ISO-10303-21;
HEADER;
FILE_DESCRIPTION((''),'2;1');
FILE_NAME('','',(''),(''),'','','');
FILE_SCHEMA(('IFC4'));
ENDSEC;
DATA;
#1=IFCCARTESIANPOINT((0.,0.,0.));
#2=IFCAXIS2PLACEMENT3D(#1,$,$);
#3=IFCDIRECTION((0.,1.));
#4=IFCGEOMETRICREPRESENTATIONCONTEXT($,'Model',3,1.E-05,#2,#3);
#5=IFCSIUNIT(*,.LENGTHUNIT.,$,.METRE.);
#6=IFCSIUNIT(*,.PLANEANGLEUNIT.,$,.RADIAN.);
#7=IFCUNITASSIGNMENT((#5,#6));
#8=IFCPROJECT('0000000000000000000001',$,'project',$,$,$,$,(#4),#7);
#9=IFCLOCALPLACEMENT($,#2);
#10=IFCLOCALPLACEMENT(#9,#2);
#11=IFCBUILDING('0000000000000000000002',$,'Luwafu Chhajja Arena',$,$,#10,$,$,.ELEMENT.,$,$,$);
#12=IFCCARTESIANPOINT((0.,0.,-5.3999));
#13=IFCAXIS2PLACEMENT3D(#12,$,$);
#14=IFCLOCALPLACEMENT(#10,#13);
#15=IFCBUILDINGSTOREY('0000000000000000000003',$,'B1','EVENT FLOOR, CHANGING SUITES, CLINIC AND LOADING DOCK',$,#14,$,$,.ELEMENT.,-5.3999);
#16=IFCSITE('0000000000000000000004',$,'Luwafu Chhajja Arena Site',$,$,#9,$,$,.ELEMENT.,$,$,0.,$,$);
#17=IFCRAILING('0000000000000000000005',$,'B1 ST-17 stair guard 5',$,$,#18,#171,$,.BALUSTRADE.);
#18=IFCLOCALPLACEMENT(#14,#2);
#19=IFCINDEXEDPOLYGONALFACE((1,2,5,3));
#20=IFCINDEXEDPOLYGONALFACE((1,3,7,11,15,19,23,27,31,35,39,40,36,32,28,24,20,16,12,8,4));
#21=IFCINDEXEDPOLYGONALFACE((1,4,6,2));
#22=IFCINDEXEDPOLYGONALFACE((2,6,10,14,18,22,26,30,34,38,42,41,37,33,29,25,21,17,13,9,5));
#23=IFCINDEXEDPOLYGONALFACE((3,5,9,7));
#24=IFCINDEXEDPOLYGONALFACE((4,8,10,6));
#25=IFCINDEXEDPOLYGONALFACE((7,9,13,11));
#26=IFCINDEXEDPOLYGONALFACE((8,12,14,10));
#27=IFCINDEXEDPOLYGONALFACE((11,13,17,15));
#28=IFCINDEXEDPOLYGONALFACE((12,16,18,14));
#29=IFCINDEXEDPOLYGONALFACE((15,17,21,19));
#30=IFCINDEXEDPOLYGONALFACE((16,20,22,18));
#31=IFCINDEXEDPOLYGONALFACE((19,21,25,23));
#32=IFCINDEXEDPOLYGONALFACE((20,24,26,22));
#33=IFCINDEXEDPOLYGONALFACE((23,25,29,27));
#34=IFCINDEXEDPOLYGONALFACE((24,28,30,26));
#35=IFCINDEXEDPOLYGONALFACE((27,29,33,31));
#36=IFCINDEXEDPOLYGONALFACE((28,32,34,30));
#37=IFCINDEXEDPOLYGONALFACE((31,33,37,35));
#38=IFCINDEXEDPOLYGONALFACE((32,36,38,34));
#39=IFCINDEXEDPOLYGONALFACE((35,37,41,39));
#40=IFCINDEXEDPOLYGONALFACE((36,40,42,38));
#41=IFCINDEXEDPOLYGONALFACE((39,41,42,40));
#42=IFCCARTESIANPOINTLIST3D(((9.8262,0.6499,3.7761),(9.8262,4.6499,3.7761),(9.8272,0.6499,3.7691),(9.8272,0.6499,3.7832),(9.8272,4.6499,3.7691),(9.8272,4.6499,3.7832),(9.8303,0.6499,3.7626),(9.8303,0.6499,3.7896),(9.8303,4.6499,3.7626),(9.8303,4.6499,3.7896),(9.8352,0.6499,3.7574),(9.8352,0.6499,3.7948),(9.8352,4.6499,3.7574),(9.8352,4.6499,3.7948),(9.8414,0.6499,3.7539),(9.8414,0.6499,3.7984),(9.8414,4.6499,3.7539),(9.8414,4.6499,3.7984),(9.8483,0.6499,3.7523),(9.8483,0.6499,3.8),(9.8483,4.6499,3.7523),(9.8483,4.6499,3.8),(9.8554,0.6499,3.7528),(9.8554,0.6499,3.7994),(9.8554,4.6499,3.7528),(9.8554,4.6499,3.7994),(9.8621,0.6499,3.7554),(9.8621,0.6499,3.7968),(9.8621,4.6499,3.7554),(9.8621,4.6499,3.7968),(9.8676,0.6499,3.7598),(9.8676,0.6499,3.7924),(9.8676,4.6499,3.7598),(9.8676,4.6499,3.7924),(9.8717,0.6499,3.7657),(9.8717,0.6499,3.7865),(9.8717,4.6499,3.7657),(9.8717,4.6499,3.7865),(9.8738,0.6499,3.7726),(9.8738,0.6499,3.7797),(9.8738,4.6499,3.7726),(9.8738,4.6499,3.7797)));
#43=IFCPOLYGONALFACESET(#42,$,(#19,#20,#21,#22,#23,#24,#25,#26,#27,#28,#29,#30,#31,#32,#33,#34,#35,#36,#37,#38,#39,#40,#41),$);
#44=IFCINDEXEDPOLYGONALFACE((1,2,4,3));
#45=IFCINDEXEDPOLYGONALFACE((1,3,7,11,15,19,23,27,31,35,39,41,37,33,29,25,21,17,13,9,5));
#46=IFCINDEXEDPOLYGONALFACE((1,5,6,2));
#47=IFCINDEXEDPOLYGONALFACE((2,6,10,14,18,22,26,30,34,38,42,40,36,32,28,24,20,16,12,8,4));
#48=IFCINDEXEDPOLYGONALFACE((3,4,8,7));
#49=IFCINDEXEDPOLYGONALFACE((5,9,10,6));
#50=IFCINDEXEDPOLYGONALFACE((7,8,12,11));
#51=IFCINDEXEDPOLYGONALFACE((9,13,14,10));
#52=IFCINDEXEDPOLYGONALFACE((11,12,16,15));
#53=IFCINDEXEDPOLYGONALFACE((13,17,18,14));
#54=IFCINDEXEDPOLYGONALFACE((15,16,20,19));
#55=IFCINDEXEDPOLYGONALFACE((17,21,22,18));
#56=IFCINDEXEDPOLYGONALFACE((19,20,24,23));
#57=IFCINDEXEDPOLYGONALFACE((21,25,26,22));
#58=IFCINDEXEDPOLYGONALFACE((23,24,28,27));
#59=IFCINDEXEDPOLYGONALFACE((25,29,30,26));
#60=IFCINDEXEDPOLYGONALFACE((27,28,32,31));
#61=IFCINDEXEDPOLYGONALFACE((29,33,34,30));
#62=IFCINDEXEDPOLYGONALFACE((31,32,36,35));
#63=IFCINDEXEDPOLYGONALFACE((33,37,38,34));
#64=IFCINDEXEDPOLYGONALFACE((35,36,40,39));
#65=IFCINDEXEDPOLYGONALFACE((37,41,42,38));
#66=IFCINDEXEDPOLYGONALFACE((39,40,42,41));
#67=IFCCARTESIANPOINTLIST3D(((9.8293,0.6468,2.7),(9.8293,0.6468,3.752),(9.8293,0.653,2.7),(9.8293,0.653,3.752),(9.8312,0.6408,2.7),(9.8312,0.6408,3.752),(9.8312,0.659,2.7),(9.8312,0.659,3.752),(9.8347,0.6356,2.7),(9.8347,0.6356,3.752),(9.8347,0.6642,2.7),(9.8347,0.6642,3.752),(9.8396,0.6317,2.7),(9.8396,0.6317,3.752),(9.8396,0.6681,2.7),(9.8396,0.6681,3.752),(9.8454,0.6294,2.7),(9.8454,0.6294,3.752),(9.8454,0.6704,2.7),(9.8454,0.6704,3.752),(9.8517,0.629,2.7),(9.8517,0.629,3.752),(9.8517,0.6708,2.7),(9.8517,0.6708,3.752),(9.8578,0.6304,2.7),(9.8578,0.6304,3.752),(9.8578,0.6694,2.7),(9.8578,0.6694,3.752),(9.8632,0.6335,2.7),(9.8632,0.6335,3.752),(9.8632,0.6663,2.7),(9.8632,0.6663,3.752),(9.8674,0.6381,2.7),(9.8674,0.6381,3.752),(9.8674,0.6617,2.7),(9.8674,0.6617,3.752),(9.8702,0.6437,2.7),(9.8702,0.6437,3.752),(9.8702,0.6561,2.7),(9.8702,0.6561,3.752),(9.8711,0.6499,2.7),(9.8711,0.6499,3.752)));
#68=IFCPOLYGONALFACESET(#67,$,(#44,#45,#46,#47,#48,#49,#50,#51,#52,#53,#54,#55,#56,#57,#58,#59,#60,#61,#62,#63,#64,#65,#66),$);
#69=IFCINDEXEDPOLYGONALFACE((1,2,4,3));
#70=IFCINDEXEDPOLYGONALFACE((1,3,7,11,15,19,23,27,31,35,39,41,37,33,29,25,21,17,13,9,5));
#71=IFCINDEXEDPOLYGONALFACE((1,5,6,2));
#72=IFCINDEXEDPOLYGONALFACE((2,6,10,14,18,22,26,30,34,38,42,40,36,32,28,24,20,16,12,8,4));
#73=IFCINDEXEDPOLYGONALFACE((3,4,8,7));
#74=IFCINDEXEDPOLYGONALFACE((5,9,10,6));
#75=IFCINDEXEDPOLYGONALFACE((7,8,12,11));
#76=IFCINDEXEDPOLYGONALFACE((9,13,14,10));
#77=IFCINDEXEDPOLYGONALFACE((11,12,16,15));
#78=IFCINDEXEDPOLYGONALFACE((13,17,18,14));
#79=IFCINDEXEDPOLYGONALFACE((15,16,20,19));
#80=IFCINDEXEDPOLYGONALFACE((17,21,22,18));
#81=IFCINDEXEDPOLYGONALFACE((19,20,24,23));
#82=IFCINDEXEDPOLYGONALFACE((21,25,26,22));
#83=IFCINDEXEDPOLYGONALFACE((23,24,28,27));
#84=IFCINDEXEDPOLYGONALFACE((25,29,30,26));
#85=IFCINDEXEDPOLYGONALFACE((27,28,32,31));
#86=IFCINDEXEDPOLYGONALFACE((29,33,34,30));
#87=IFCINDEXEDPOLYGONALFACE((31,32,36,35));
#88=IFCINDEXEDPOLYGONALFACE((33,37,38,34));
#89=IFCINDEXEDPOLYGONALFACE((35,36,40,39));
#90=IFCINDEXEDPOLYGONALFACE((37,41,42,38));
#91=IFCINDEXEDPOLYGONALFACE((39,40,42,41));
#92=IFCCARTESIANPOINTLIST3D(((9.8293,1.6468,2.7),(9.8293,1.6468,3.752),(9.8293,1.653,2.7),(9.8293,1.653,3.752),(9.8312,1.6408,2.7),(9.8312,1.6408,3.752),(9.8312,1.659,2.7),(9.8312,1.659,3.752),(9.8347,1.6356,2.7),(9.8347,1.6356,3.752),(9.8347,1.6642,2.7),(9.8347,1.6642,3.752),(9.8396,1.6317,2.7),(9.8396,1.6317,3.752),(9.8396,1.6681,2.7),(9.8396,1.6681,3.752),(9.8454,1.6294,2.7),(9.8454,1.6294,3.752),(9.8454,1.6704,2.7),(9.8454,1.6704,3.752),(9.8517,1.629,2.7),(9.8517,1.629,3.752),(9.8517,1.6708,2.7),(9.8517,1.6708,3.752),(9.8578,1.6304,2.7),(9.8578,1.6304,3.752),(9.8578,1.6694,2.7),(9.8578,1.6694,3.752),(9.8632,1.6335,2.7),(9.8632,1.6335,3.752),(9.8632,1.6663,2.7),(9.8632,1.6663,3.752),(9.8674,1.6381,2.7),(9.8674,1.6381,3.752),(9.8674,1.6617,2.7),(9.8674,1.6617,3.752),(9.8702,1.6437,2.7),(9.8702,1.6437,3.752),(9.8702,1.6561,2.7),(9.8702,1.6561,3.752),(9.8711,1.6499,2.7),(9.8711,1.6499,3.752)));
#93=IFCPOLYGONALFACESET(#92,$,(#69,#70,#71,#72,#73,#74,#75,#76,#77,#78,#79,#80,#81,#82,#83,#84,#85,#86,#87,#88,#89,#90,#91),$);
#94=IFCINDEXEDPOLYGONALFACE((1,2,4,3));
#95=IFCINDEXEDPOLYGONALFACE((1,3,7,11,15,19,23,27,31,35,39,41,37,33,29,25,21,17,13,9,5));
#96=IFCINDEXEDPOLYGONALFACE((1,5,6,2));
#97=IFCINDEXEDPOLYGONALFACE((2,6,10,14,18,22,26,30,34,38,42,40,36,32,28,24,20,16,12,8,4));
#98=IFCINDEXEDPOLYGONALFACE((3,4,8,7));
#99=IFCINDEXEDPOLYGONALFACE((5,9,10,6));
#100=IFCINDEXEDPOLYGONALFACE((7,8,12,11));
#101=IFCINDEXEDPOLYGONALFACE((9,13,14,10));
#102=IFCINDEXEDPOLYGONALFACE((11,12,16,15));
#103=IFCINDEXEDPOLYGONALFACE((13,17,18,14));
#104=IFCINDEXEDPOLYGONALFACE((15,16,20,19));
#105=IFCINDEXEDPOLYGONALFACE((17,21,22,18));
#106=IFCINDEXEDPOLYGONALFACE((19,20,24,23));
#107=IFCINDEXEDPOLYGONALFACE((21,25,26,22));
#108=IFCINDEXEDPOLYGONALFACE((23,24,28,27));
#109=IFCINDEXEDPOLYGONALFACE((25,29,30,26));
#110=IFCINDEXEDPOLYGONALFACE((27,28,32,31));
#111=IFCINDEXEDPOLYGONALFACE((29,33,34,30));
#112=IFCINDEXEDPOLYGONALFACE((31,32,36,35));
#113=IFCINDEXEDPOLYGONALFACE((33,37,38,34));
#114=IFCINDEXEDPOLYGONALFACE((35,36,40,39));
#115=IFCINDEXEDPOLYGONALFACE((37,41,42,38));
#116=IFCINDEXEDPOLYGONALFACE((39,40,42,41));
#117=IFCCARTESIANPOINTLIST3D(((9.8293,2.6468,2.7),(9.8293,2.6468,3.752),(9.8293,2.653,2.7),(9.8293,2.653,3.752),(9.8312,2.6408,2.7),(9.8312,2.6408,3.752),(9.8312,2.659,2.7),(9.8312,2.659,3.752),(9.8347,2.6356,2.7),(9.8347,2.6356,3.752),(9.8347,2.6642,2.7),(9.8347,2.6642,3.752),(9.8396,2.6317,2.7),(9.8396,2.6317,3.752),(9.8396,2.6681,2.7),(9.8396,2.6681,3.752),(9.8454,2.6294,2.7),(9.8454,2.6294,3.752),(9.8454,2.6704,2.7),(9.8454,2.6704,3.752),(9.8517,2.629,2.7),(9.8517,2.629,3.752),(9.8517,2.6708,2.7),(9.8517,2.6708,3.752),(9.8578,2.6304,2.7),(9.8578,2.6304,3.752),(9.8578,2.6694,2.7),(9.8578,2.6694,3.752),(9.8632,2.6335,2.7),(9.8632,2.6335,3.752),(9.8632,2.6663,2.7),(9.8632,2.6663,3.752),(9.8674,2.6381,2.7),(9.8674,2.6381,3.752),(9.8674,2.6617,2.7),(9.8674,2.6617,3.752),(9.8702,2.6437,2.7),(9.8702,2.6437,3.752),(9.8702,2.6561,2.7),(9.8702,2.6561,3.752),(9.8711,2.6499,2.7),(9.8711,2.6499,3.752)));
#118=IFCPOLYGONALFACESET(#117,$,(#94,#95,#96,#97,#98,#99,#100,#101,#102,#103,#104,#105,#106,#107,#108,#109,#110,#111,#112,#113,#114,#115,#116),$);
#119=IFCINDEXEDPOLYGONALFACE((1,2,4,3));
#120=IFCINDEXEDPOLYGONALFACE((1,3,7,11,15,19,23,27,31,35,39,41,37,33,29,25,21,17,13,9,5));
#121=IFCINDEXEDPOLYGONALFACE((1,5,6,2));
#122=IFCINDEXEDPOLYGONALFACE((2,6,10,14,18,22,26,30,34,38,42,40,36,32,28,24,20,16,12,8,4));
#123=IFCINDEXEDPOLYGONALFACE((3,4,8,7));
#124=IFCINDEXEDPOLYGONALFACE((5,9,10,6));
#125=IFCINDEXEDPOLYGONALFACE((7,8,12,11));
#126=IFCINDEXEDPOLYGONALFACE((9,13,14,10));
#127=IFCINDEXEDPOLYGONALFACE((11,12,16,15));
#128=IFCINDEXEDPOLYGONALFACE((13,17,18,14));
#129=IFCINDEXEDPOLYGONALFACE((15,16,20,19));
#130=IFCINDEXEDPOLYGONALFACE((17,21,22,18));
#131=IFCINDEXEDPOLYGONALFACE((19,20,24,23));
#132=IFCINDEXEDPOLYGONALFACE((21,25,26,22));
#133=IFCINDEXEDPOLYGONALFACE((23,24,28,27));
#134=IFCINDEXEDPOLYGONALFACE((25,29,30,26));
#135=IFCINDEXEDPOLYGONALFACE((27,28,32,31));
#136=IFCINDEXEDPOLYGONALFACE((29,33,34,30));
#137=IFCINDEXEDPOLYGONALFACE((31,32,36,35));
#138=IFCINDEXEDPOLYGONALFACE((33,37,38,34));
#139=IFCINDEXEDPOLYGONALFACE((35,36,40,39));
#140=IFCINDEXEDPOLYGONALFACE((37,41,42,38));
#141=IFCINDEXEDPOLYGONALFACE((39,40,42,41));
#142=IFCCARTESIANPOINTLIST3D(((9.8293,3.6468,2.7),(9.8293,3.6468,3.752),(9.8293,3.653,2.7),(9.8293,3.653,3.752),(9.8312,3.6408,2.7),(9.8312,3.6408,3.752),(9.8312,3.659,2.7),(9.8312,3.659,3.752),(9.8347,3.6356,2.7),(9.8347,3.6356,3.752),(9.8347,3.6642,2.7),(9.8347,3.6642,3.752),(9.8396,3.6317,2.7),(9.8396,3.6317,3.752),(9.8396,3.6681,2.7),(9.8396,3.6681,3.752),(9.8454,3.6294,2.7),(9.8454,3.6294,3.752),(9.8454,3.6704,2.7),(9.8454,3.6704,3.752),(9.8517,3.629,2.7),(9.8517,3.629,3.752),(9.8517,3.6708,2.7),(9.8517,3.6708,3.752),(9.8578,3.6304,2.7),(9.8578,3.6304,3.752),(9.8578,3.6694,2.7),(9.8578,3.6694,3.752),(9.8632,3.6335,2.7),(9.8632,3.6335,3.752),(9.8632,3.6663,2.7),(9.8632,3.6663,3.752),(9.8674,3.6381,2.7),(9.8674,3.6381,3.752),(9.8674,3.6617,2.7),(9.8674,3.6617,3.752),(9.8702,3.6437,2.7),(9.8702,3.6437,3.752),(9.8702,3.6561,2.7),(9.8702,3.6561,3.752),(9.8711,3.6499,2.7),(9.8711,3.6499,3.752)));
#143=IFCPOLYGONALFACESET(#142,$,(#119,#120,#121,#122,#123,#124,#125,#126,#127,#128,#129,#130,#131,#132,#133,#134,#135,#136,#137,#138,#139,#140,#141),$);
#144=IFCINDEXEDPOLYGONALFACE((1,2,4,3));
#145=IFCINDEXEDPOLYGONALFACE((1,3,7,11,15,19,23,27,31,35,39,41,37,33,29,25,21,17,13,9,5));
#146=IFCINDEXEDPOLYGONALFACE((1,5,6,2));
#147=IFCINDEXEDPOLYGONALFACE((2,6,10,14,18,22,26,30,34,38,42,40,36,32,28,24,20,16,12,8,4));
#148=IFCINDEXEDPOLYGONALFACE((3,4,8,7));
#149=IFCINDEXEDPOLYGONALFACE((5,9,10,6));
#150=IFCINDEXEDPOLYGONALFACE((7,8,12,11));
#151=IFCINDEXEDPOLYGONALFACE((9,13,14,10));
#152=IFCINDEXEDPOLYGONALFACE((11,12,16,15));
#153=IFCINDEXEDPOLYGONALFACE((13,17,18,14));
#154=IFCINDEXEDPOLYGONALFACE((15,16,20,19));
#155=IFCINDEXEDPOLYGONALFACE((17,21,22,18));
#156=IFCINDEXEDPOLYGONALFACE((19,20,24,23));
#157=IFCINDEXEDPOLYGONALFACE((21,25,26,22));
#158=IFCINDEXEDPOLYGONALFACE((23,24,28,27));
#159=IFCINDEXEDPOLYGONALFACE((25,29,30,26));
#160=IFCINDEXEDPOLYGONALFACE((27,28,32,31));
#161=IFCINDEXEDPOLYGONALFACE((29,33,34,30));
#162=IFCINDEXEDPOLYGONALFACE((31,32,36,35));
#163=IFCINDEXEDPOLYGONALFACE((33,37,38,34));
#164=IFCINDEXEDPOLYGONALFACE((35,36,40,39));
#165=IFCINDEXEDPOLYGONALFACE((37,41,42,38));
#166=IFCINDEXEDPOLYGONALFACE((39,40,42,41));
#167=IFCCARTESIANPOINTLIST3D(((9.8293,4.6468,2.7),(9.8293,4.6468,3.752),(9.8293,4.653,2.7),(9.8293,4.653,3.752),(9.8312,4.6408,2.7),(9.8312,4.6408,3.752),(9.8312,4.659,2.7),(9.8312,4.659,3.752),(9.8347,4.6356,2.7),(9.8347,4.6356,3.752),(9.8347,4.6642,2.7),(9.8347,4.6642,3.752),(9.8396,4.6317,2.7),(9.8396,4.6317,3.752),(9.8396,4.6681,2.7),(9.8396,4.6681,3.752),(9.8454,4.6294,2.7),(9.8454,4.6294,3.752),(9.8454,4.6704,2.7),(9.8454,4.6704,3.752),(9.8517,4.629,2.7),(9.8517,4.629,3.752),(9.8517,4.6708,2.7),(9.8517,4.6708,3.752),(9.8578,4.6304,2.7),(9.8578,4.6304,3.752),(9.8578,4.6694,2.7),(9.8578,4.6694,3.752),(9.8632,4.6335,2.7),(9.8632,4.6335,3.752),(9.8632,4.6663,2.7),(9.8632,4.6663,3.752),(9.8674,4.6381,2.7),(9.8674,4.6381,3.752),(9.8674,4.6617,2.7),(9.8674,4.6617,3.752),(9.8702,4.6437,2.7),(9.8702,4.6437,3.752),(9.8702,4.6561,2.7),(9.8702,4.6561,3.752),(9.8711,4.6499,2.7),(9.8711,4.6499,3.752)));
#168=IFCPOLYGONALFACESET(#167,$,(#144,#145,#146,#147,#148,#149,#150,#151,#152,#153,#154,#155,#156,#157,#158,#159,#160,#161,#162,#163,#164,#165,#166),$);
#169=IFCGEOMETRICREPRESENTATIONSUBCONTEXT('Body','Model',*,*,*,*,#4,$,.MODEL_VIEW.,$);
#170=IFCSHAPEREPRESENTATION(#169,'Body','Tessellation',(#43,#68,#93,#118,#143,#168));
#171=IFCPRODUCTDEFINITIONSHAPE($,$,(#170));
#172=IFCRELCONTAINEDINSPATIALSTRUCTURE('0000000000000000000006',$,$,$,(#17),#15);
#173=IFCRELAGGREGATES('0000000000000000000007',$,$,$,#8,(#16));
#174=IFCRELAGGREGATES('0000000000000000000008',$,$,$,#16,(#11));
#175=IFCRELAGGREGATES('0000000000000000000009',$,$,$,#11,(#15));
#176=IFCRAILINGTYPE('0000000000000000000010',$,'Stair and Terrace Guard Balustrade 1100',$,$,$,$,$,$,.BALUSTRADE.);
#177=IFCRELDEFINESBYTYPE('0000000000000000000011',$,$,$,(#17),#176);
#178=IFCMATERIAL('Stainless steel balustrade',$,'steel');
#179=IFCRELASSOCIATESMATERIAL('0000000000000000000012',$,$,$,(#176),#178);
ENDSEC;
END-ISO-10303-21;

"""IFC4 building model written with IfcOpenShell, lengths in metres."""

from ifc_helpers import new_model, si_unit, direction, frame, origin, origin_2d, place, context, subcontext, project, spatial, circle, extrude, material, type_object, element, save


model = new_model("IFC4")

# Units and contexts
model_context = context("Model", 3, precision=1e-05, world=origin(), true_north=direction((0.0, 1.0)))
body_context = subcontext(model_context, "Body", "Model", "MODEL_VIEW")
ifc_project = project(units=[si_unit("LENGTHUNIT", "METRE"), si_unit("PLANEANGLEUNIT", "RADIAN")], contexts=[model_context])

# Site, building, storey
site_placement = place(None, origin())
site = spatial("IfcSite", under=ifc_project, at=site_placement, Name="Luwafu Chhajja Arena Site", CompositionType="ELEMENT", RefElevation=0.0)
building_placement = place(site_placement, origin())
building = spatial("IfcBuilding", under=site, at=building_placement, Name="Luwafu Chhajja Arena", CompositionType="ELEMENT")
storey_placement = place(building_placement, frame((0.0, 0.0, -5.3999)))
storey = spatial("IfcBuildingStorey", under=building, at=storey_placement, Name="B1", Description="EVENT FLOOR, CHANGING SUITES, CLINIC AND LOADING DOCK", CompositionType="ELEMENT", Elevation=-5.3999)

# Railing
ifc_material_1 = material(Name="Stainless steel balustrade", Category="steel")
railing_type = type_object("IfcRailingType", Name="Stair and Terrace Guard Balustrade 1100", PredefinedType="BALUSTRADE", material=ifc_material_1)
for number, where, name in (
    (1, (9.8501, 0.6499, 2.7), "B1 ST-17 stair guard 5"),
):
    element("IfcRailing", number, at=place(storey_placement, frame(where)), inside=storey, type_object=railing_type, Name=name, PredefinedType="BALUSTRADE", context=body_context, shape_type="SweptSolid", body=[
        extrude(circle(Radius=0.0239, at=origin_2d()), frame((0.0, 0.0, 1.0762), z_axis=(0.0, 1.0, 0.0), x_axis=(-1.0, 0.0, 0.0)), (0.0, 0.0, 1.0), 4.0),
        extrude(circle(Radius=0.021, at=origin_2d()), origin(), (0.0, 0.0, 1.0), 1.052),
        extrude(circle(Radius=0.021, at=origin_2d()), frame((0.0, 1.0, 0.0)), (0.0, 0.0, 1.0), 1.052),
        extrude(circle(Radius=0.021, at=origin_2d()), frame((0.0, 2.0, 0.0)), (0.0, 0.0, 1.0), 1.052),
        extrude(circle(Radius=0.021, at=origin_2d()), frame((0.0, 3.0, 0.0)), (0.0, 0.0, 1.0), 1.052),
        extrude(circle(Radius=0.021, at=origin_2d()), frame((0.0, 4.0, 0.0)), (0.0, 0.0, 1.0), 1.052),
    ])

save(model, "model.ifc")
